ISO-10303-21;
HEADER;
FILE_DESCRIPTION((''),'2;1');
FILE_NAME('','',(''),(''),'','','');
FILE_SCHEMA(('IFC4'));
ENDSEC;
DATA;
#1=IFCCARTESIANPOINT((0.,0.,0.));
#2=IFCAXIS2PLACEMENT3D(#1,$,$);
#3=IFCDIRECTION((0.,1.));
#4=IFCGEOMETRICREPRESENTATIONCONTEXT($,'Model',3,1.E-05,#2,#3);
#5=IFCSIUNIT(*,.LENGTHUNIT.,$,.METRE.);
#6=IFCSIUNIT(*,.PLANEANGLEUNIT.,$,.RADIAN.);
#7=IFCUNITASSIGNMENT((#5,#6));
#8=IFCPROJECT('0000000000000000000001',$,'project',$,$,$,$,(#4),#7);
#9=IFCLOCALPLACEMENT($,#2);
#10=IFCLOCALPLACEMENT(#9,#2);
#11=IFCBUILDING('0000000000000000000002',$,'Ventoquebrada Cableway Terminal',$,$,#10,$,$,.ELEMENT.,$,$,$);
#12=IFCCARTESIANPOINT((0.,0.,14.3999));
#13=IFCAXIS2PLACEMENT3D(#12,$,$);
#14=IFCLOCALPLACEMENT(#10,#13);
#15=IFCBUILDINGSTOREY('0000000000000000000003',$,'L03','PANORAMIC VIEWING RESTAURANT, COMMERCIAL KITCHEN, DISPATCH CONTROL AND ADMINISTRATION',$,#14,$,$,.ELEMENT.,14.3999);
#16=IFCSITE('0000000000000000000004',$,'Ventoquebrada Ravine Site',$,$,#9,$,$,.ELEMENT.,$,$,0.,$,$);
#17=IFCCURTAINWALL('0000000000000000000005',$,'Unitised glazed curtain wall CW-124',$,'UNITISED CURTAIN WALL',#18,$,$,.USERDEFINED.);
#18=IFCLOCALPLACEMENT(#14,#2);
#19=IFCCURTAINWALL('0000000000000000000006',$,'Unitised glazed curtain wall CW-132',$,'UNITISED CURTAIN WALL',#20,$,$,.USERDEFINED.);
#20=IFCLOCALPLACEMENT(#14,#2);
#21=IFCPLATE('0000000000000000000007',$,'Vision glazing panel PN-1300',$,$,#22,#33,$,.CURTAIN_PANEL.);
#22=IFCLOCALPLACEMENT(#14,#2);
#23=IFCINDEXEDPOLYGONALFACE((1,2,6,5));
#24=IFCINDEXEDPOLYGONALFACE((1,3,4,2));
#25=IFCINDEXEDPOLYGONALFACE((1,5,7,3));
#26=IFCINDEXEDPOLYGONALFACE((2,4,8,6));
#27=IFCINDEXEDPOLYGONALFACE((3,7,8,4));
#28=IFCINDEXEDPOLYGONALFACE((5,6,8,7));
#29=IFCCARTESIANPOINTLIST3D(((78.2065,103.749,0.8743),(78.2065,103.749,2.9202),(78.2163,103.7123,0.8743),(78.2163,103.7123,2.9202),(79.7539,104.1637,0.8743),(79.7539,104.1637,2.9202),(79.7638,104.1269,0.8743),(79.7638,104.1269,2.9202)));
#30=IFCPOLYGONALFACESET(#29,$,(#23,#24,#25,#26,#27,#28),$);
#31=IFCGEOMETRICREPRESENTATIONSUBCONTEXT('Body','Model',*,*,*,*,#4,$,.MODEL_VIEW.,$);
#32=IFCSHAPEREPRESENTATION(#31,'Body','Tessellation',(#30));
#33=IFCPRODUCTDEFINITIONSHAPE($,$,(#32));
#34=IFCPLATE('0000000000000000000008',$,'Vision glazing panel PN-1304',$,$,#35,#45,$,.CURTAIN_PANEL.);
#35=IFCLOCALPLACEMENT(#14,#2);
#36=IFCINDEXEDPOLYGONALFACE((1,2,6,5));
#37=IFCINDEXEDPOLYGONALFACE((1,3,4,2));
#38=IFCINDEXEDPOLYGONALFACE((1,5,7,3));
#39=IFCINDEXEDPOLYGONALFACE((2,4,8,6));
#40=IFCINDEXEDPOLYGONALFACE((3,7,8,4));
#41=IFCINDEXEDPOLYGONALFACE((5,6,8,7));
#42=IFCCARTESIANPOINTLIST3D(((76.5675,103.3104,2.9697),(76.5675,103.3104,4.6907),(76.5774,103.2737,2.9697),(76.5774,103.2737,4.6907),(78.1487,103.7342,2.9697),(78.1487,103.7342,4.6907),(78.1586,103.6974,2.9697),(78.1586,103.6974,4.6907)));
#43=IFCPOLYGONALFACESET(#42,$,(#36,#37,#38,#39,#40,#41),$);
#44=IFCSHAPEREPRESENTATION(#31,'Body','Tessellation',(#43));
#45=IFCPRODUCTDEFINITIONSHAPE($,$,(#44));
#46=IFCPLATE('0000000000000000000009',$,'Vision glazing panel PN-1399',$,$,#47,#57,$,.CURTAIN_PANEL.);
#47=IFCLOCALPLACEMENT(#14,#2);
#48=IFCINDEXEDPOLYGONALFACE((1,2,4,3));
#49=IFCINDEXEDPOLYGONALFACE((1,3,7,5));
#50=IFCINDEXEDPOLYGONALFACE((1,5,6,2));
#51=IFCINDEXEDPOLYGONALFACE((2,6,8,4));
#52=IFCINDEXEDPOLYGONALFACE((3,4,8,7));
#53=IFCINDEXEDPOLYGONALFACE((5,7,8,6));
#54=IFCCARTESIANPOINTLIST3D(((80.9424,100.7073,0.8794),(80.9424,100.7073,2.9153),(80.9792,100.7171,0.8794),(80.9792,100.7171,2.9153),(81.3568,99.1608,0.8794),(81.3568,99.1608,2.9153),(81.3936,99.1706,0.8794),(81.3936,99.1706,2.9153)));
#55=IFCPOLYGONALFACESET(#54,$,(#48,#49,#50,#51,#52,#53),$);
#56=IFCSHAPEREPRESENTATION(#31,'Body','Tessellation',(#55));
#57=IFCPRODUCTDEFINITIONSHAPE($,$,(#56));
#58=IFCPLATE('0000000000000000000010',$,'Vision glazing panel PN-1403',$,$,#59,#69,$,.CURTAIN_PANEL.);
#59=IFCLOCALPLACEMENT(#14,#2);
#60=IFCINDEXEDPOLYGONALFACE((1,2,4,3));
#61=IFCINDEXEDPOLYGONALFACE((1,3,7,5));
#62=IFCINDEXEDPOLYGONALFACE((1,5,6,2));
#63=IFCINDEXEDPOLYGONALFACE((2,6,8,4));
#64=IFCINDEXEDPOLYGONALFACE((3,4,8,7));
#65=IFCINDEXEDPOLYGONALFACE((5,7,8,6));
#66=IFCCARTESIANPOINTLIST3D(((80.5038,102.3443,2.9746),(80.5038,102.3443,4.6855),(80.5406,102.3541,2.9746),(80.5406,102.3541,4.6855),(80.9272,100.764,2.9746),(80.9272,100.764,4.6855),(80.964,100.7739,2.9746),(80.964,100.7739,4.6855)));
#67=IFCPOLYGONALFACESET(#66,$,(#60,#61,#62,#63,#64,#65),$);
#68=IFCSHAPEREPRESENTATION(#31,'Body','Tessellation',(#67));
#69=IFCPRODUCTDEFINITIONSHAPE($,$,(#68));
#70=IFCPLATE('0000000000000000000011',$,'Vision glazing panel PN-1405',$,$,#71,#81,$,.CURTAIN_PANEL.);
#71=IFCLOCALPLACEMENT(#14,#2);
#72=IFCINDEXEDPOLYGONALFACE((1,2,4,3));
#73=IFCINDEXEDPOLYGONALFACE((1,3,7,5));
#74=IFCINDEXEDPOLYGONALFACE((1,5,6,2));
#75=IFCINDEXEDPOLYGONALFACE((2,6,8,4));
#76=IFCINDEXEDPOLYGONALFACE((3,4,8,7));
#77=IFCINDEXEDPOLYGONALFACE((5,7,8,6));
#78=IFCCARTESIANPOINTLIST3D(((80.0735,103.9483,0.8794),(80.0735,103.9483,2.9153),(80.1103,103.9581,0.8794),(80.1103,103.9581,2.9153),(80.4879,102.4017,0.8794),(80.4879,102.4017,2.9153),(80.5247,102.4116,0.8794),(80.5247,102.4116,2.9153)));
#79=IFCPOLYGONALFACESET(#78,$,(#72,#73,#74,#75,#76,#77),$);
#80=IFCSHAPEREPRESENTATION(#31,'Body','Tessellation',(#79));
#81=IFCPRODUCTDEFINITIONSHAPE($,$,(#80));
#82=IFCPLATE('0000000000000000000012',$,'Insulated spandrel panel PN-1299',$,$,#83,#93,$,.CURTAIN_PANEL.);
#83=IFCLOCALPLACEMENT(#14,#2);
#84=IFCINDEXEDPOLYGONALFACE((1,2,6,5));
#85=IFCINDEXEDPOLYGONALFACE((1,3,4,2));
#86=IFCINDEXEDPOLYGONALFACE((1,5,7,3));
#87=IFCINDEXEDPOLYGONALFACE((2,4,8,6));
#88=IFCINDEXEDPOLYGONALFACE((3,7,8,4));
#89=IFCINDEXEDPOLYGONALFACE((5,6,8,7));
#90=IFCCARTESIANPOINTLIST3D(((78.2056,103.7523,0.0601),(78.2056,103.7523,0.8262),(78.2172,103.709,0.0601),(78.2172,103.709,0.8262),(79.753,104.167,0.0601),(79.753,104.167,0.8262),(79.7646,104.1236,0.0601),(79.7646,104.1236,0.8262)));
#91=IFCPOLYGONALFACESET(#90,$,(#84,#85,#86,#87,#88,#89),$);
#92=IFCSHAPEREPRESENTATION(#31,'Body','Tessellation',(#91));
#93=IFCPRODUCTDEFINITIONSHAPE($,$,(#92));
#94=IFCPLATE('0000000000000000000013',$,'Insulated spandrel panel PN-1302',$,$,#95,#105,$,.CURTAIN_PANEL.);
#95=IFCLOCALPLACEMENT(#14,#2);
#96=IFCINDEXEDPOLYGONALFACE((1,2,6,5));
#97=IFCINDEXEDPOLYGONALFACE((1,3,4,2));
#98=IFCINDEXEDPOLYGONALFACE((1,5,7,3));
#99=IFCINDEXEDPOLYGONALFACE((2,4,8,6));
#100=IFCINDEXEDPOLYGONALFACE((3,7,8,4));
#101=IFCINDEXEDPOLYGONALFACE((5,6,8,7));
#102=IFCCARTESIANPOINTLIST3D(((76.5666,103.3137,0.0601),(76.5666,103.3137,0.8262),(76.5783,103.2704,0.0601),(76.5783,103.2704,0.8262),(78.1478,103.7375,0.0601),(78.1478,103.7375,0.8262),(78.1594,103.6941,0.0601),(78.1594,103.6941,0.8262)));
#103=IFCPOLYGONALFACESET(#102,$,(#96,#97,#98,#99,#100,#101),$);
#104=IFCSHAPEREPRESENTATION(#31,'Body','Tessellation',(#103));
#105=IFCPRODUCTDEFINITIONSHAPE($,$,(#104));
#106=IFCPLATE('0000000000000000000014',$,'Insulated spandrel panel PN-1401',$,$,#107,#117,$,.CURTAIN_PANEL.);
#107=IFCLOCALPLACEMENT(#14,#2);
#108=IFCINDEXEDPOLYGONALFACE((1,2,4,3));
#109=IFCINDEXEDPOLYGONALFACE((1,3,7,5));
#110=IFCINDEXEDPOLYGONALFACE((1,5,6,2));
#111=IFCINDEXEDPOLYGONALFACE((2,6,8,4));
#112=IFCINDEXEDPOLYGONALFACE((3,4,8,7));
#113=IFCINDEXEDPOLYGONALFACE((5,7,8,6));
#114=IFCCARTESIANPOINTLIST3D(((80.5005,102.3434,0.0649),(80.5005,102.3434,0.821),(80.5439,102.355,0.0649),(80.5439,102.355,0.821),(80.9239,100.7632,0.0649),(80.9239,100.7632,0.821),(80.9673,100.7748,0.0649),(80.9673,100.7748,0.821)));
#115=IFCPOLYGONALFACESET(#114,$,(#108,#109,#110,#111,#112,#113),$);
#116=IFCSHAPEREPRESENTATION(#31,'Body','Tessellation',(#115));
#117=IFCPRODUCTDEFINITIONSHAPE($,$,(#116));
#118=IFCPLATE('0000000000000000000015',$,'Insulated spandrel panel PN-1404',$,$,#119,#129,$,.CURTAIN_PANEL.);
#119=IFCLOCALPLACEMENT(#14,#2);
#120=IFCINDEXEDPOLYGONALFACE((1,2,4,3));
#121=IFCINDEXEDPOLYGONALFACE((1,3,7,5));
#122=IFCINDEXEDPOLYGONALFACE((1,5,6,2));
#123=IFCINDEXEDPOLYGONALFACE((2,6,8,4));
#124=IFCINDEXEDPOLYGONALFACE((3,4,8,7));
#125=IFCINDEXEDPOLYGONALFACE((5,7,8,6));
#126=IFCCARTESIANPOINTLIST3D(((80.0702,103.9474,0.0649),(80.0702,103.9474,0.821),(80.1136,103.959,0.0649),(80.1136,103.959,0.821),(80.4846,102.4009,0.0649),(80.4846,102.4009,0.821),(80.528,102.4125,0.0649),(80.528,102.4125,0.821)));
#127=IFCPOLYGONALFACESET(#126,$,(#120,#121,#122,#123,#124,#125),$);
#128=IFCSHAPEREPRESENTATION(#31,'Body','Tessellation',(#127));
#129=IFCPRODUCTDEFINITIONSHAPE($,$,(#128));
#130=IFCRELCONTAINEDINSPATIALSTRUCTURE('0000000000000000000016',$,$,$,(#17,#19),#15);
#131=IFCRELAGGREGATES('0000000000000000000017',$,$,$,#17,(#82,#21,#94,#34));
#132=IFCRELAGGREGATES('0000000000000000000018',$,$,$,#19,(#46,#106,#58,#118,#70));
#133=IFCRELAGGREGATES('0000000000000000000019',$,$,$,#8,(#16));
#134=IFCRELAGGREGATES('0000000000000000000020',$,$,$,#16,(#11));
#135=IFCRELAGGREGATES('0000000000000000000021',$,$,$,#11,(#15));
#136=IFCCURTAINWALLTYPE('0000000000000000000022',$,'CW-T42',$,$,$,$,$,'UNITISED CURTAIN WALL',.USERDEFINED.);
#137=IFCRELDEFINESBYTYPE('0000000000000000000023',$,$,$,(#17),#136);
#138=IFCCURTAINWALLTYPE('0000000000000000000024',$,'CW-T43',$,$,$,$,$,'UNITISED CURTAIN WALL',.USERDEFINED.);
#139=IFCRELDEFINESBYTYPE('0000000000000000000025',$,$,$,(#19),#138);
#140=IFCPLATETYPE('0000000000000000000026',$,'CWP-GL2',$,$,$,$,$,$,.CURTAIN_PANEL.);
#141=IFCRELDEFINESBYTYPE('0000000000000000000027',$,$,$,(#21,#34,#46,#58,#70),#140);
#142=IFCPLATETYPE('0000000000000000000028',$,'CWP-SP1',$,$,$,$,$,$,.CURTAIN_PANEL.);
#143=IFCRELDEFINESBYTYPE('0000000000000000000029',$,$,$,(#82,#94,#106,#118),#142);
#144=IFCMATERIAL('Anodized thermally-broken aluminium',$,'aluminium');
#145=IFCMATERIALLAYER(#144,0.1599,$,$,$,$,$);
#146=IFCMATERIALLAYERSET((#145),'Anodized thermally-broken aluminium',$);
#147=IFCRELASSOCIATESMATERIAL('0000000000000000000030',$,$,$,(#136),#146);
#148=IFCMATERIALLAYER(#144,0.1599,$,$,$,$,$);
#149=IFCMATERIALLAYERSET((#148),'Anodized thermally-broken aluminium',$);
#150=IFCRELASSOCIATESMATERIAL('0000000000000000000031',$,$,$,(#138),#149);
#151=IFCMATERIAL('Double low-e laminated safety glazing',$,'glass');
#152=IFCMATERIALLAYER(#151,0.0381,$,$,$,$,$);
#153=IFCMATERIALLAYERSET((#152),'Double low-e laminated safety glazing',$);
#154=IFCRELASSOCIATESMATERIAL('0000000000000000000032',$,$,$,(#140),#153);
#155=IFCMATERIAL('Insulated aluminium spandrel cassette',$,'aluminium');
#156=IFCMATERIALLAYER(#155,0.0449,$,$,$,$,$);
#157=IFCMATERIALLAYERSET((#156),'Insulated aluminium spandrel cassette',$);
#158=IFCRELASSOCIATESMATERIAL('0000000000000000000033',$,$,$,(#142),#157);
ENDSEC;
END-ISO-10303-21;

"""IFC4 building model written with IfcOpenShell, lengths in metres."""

from ifc_helpers import new_model, si_unit, direction, frame, origin, origin_2d, place, context, subcontext, project, spatial, rectangle, extrude, material, layer, layer_set, type_object, element, aggregate, save


model = new_model("IFC4")

# Units and contexts
model_context = context("Model", 3, precision=1e-05, world=origin(), true_north=direction((0.0, 1.0)))
body_context = subcontext(model_context, "Body", "Model", "MODEL_VIEW")
ifc_project = project(units=[si_unit("LENGTHUNIT", "METRE"), si_unit("PLANEANGLEUNIT", "RADIAN")], contexts=[model_context])

# Site, building, storey
site_placement = place(None, origin())
site = spatial("IfcSite", under=ifc_project, at=site_placement, Name="Ventoquebrada Ravine Site", CompositionType="ELEMENT", RefElevation=0.0)
building_placement = place(site_placement, origin())
building = spatial("IfcBuilding", under=site, at=building_placement, Name="Ventoquebrada Cableway Terminal", CompositionType="ELEMENT")
storey_placement = place(building_placement, frame((0.0, 0.0, 14.3999)))
storey = spatial("IfcBuildingStorey", under=building, at=storey_placement, Name="L03", Description="PANORAMIC VIEWING RESTAURANT, COMMERCIAL KITCHEN, DISPATCH CONTROL AND ADMINISTRATION", CompositionType="ELEMENT", Elevation=14.3999)

# Curtain walls
ifc_material_1 = material(Name="Anodized thermally-broken aluminium", Category="aluminium")
ifc_layer_1 = layer(ifc_material_1, 0.1599)
ifc_layer_set_1 = layer_set([ifc_layer_1], Name="Anodized thermally-broken aluminium")
curtain_wall_type_1 = type_object("IfcCurtainWallType", Name="CW-T42", ElementType="UNITISED CURTAIN WALL", PredefinedType="USERDEFINED", material=ifc_layer_set_1)
curtain_wall_1_placement = place(storey_placement, origin())
curtain_wall_1 = element("IfcCurtainWall", 1, at=curtain_wall_1_placement, inside=storey, type_object=curtain_wall_type_1, Name="Unitised glazed curtain wall CW-124", ObjectType="UNITISED CURTAIN WALL", PredefinedType="USERDEFINED")
ifc_layer_2 = layer(ifc_material_1, 0.1599)
ifc_layer_set_2 = layer_set([ifc_layer_2], Name="Anodized thermally-broken aluminium")
curtain_wall_type_2 = type_object("IfcCurtainWallType", Name="CW-T43", ElementType="UNITISED CURTAIN WALL", PredefinedType="USERDEFINED", material=ifc_layer_set_2)
curtain_wall_2_placement = place(storey_placement, origin())
curtain_wall_2 = element("IfcCurtainWall", 2, at=curtain_wall_2_placement, inside=storey, type_object=curtain_wall_type_2, Name="Unitised glazed curtain wall CW-132", ObjectType="UNITISED CURTAIN WALL", PredefinedType="USERDEFINED")

# Plates
ifc_material_2 = material(Name="Double low-e laminated safety glazing", Category="glass")
ifc_layer_3 = layer(ifc_material_2, 0.0381)
ifc_layer_set_3 = layer_set([ifc_layer_3], Name="Double low-e laminated safety glazing")
plate_type_1 = type_object("IfcPlateType", Name="CWP-GL2", PredefinedType="CURTAIN_PANEL", material=ifc_layer_set_3)
plate_1_placement = place(storey_placement, frame((78.9851, 103.938, 0.8743), z_axis=(0.0, 0.0, 1.0), x_axis=(-0.965921, -0.258836, 0.0)))
plate_1 = element("IfcPlate", 3, at=plate_1_placement, type_object=plate_type_1, Name="Vision glazing panel PN-1300", PredefinedType="CURTAIN_PANEL", context=body_context, shape_type="SweptSolid", body=[
    extrude(rectangle(XDim=1.6021, YDim=0.0381, at=origin_2d()), origin(), (0.0, 0.0, 1.0), 2.0459),
])
plate_2_placement = place(storey_placement, frame((77.363, 103.5039, 2.9697), z_axis=(0.0, 0.0, 1.0), x_axis=(-0.965921, -0.258836, 0.0)))
plate_2 = element("IfcPlate", 4, at=plate_2_placement, type_object=plate_type_1, Name="Vision glazing panel PN-1304", PredefinedType="CURTAIN_PANEL", context=body_context, shape_type="SweptSolid", body=[
    extrude(rectangle(XDim=1.637, YDim=0.0381, at=origin_2d()), origin(), (0.0, 0.0, 1.0), 1.7209),
])
plate_3_placement = place(storey_placement, frame((81.168, 99.939, 0.8794), z_axis=(0.0, 0.0, 1.0), x_axis=(-0.258836, 0.965921, 0.0)))
plate_3 = element("IfcPlate", 5, at=plate_3_placement, type_object=plate_type_1, Name="Vision glazing panel PN-1399", PredefinedType="CURTAIN_PANEL", context=body_context, shape_type="SweptSolid", body=[
    extrude(rectangle(XDim=1.6011, YDim=0.0381, at=origin_2d()), origin(), (0.0, 0.0, 1.0), 2.0359),
])
plate_4_placement = place(storey_placement, frame((80.7339, 101.5591, 2.9746), z_axis=(0.0, 0.0, 1.0), x_axis=(-0.258836, 0.965921, 0.0)))
plate_4 = element("IfcPlate", 6, at=plate_4_placement, type_object=plate_type_1, Name="Vision glazing panel PN-1403", PredefinedType="CURTAIN_PANEL", context=body_context, shape_type="SweptSolid", body=[
    extrude(rectangle(XDim=1.636, YDim=0.0381, at=origin_2d()), origin(), (0.0, 0.0, 1.0), 1.7109),
])
plate_5_placement = place(storey_placement, frame((80.2991, 103.1799, 0.8794), z_axis=(0.0, 0.0, 1.0), x_axis=(-0.258836, 0.965921, 0.0)))
plate_5 = element("IfcPlate", 7, at=plate_5_placement, type_object=plate_type_1, Name="Vision glazing panel PN-1405", PredefinedType="CURTAIN_PANEL", context=body_context, shape_type="SweptSolid", body=[
    extrude(rectangle(XDim=1.6011, YDim=0.0381, at=origin_2d()), origin(), (0.0, 0.0, 1.0), 2.0359),
])
ifc_material_3 = material(Name="Insulated aluminium spandrel cassette", Category="aluminium")
ifc_layer_4 = layer(ifc_material_3, 0.0449)
ifc_layer_set_4 = layer_set([ifc_layer_4], Name="Insulated aluminium spandrel cassette")
plate_type_2 = type_object("IfcPlateType", Name="CWP-SP1", PredefinedType="CURTAIN_PANEL", material=ifc_layer_set_4)
plate_6_placement = place(storey_placement, frame((78.9851, 103.938, 0.0601), z_axis=(0.0, 0.0, 1.0), x_axis=(-0.965921, -0.258836, 0.0)))
plate_6 = element("IfcPlate", 8, at=plate_6_placement, type_object=plate_type_2, Name="Insulated spandrel panel PN-1299", PredefinedType="CURTAIN_PANEL", context=body_context, shape_type="SweptSolid", body=[
    extrude(rectangle(XDim=1.6021, YDim=0.0449, at=origin_2d()), origin(), (0.0, 0.0, 1.0), 0.7661),
])
plate_7_placement = place(storey_placement, frame((77.363, 103.5039, 0.0601), z_axis=(0.0, 0.0, 1.0), x_axis=(-0.965921, -0.258836, 0.0)))
plate_7 = element("IfcPlate", 9, at=plate_7_placement, type_object=plate_type_2, Name="Insulated spandrel panel PN-1302", PredefinedType="CURTAIN_PANEL", context=body_context, shape_type="SweptSolid", body=[
    extrude(rectangle(XDim=1.637, YDim=0.0449, at=origin_2d()), origin(), (0.0, 0.0, 1.0), 0.7661),
])
aggregate(curtain_wall_1, [plate_6, plate_1, plate_7, plate_2])
plate_8_placement = place(storey_placement, frame((80.7339, 101.5591, 0.0649), z_axis=(0.0, 0.0, 1.0), x_axis=(-0.258836, 0.965921, 0.0)))
plate_8 = element("IfcPlate", 10, at=plate_8_placement, type_object=plate_type_2, Name="Insulated spandrel panel PN-1401", PredefinedType="CURTAIN_PANEL", context=body_context, shape_type="SweptSolid", body=[
    extrude(rectangle(XDim=1.636, YDim=0.0449, at=origin_2d()), origin(), (0.0, 0.0, 1.0), 0.7561),
])
plate_9_placement = place(storey_placement, frame((80.2991, 103.1799, 0.0649), z_axis=(0.0, 0.0, 1.0), x_axis=(-0.258836, 0.965921, 0.0)))
plate_9 = element("IfcPlate", 11, at=plate_9_placement, type_object=plate_type_2, Name="Insulated spandrel panel PN-1404", PredefinedType="CURTAIN_PANEL", context=body_context, shape_type="SweptSolid", body=[
    extrude(rectangle(XDim=1.6011, YDim=0.0449, at=origin_2d()), origin(), (0.0, 0.0, 1.0), 0.7561),
])
aggregate(curtain_wall_2, [plate_3, plate_8, plate_4, plate_9, plate_5])

save(model, "model.ifc")
